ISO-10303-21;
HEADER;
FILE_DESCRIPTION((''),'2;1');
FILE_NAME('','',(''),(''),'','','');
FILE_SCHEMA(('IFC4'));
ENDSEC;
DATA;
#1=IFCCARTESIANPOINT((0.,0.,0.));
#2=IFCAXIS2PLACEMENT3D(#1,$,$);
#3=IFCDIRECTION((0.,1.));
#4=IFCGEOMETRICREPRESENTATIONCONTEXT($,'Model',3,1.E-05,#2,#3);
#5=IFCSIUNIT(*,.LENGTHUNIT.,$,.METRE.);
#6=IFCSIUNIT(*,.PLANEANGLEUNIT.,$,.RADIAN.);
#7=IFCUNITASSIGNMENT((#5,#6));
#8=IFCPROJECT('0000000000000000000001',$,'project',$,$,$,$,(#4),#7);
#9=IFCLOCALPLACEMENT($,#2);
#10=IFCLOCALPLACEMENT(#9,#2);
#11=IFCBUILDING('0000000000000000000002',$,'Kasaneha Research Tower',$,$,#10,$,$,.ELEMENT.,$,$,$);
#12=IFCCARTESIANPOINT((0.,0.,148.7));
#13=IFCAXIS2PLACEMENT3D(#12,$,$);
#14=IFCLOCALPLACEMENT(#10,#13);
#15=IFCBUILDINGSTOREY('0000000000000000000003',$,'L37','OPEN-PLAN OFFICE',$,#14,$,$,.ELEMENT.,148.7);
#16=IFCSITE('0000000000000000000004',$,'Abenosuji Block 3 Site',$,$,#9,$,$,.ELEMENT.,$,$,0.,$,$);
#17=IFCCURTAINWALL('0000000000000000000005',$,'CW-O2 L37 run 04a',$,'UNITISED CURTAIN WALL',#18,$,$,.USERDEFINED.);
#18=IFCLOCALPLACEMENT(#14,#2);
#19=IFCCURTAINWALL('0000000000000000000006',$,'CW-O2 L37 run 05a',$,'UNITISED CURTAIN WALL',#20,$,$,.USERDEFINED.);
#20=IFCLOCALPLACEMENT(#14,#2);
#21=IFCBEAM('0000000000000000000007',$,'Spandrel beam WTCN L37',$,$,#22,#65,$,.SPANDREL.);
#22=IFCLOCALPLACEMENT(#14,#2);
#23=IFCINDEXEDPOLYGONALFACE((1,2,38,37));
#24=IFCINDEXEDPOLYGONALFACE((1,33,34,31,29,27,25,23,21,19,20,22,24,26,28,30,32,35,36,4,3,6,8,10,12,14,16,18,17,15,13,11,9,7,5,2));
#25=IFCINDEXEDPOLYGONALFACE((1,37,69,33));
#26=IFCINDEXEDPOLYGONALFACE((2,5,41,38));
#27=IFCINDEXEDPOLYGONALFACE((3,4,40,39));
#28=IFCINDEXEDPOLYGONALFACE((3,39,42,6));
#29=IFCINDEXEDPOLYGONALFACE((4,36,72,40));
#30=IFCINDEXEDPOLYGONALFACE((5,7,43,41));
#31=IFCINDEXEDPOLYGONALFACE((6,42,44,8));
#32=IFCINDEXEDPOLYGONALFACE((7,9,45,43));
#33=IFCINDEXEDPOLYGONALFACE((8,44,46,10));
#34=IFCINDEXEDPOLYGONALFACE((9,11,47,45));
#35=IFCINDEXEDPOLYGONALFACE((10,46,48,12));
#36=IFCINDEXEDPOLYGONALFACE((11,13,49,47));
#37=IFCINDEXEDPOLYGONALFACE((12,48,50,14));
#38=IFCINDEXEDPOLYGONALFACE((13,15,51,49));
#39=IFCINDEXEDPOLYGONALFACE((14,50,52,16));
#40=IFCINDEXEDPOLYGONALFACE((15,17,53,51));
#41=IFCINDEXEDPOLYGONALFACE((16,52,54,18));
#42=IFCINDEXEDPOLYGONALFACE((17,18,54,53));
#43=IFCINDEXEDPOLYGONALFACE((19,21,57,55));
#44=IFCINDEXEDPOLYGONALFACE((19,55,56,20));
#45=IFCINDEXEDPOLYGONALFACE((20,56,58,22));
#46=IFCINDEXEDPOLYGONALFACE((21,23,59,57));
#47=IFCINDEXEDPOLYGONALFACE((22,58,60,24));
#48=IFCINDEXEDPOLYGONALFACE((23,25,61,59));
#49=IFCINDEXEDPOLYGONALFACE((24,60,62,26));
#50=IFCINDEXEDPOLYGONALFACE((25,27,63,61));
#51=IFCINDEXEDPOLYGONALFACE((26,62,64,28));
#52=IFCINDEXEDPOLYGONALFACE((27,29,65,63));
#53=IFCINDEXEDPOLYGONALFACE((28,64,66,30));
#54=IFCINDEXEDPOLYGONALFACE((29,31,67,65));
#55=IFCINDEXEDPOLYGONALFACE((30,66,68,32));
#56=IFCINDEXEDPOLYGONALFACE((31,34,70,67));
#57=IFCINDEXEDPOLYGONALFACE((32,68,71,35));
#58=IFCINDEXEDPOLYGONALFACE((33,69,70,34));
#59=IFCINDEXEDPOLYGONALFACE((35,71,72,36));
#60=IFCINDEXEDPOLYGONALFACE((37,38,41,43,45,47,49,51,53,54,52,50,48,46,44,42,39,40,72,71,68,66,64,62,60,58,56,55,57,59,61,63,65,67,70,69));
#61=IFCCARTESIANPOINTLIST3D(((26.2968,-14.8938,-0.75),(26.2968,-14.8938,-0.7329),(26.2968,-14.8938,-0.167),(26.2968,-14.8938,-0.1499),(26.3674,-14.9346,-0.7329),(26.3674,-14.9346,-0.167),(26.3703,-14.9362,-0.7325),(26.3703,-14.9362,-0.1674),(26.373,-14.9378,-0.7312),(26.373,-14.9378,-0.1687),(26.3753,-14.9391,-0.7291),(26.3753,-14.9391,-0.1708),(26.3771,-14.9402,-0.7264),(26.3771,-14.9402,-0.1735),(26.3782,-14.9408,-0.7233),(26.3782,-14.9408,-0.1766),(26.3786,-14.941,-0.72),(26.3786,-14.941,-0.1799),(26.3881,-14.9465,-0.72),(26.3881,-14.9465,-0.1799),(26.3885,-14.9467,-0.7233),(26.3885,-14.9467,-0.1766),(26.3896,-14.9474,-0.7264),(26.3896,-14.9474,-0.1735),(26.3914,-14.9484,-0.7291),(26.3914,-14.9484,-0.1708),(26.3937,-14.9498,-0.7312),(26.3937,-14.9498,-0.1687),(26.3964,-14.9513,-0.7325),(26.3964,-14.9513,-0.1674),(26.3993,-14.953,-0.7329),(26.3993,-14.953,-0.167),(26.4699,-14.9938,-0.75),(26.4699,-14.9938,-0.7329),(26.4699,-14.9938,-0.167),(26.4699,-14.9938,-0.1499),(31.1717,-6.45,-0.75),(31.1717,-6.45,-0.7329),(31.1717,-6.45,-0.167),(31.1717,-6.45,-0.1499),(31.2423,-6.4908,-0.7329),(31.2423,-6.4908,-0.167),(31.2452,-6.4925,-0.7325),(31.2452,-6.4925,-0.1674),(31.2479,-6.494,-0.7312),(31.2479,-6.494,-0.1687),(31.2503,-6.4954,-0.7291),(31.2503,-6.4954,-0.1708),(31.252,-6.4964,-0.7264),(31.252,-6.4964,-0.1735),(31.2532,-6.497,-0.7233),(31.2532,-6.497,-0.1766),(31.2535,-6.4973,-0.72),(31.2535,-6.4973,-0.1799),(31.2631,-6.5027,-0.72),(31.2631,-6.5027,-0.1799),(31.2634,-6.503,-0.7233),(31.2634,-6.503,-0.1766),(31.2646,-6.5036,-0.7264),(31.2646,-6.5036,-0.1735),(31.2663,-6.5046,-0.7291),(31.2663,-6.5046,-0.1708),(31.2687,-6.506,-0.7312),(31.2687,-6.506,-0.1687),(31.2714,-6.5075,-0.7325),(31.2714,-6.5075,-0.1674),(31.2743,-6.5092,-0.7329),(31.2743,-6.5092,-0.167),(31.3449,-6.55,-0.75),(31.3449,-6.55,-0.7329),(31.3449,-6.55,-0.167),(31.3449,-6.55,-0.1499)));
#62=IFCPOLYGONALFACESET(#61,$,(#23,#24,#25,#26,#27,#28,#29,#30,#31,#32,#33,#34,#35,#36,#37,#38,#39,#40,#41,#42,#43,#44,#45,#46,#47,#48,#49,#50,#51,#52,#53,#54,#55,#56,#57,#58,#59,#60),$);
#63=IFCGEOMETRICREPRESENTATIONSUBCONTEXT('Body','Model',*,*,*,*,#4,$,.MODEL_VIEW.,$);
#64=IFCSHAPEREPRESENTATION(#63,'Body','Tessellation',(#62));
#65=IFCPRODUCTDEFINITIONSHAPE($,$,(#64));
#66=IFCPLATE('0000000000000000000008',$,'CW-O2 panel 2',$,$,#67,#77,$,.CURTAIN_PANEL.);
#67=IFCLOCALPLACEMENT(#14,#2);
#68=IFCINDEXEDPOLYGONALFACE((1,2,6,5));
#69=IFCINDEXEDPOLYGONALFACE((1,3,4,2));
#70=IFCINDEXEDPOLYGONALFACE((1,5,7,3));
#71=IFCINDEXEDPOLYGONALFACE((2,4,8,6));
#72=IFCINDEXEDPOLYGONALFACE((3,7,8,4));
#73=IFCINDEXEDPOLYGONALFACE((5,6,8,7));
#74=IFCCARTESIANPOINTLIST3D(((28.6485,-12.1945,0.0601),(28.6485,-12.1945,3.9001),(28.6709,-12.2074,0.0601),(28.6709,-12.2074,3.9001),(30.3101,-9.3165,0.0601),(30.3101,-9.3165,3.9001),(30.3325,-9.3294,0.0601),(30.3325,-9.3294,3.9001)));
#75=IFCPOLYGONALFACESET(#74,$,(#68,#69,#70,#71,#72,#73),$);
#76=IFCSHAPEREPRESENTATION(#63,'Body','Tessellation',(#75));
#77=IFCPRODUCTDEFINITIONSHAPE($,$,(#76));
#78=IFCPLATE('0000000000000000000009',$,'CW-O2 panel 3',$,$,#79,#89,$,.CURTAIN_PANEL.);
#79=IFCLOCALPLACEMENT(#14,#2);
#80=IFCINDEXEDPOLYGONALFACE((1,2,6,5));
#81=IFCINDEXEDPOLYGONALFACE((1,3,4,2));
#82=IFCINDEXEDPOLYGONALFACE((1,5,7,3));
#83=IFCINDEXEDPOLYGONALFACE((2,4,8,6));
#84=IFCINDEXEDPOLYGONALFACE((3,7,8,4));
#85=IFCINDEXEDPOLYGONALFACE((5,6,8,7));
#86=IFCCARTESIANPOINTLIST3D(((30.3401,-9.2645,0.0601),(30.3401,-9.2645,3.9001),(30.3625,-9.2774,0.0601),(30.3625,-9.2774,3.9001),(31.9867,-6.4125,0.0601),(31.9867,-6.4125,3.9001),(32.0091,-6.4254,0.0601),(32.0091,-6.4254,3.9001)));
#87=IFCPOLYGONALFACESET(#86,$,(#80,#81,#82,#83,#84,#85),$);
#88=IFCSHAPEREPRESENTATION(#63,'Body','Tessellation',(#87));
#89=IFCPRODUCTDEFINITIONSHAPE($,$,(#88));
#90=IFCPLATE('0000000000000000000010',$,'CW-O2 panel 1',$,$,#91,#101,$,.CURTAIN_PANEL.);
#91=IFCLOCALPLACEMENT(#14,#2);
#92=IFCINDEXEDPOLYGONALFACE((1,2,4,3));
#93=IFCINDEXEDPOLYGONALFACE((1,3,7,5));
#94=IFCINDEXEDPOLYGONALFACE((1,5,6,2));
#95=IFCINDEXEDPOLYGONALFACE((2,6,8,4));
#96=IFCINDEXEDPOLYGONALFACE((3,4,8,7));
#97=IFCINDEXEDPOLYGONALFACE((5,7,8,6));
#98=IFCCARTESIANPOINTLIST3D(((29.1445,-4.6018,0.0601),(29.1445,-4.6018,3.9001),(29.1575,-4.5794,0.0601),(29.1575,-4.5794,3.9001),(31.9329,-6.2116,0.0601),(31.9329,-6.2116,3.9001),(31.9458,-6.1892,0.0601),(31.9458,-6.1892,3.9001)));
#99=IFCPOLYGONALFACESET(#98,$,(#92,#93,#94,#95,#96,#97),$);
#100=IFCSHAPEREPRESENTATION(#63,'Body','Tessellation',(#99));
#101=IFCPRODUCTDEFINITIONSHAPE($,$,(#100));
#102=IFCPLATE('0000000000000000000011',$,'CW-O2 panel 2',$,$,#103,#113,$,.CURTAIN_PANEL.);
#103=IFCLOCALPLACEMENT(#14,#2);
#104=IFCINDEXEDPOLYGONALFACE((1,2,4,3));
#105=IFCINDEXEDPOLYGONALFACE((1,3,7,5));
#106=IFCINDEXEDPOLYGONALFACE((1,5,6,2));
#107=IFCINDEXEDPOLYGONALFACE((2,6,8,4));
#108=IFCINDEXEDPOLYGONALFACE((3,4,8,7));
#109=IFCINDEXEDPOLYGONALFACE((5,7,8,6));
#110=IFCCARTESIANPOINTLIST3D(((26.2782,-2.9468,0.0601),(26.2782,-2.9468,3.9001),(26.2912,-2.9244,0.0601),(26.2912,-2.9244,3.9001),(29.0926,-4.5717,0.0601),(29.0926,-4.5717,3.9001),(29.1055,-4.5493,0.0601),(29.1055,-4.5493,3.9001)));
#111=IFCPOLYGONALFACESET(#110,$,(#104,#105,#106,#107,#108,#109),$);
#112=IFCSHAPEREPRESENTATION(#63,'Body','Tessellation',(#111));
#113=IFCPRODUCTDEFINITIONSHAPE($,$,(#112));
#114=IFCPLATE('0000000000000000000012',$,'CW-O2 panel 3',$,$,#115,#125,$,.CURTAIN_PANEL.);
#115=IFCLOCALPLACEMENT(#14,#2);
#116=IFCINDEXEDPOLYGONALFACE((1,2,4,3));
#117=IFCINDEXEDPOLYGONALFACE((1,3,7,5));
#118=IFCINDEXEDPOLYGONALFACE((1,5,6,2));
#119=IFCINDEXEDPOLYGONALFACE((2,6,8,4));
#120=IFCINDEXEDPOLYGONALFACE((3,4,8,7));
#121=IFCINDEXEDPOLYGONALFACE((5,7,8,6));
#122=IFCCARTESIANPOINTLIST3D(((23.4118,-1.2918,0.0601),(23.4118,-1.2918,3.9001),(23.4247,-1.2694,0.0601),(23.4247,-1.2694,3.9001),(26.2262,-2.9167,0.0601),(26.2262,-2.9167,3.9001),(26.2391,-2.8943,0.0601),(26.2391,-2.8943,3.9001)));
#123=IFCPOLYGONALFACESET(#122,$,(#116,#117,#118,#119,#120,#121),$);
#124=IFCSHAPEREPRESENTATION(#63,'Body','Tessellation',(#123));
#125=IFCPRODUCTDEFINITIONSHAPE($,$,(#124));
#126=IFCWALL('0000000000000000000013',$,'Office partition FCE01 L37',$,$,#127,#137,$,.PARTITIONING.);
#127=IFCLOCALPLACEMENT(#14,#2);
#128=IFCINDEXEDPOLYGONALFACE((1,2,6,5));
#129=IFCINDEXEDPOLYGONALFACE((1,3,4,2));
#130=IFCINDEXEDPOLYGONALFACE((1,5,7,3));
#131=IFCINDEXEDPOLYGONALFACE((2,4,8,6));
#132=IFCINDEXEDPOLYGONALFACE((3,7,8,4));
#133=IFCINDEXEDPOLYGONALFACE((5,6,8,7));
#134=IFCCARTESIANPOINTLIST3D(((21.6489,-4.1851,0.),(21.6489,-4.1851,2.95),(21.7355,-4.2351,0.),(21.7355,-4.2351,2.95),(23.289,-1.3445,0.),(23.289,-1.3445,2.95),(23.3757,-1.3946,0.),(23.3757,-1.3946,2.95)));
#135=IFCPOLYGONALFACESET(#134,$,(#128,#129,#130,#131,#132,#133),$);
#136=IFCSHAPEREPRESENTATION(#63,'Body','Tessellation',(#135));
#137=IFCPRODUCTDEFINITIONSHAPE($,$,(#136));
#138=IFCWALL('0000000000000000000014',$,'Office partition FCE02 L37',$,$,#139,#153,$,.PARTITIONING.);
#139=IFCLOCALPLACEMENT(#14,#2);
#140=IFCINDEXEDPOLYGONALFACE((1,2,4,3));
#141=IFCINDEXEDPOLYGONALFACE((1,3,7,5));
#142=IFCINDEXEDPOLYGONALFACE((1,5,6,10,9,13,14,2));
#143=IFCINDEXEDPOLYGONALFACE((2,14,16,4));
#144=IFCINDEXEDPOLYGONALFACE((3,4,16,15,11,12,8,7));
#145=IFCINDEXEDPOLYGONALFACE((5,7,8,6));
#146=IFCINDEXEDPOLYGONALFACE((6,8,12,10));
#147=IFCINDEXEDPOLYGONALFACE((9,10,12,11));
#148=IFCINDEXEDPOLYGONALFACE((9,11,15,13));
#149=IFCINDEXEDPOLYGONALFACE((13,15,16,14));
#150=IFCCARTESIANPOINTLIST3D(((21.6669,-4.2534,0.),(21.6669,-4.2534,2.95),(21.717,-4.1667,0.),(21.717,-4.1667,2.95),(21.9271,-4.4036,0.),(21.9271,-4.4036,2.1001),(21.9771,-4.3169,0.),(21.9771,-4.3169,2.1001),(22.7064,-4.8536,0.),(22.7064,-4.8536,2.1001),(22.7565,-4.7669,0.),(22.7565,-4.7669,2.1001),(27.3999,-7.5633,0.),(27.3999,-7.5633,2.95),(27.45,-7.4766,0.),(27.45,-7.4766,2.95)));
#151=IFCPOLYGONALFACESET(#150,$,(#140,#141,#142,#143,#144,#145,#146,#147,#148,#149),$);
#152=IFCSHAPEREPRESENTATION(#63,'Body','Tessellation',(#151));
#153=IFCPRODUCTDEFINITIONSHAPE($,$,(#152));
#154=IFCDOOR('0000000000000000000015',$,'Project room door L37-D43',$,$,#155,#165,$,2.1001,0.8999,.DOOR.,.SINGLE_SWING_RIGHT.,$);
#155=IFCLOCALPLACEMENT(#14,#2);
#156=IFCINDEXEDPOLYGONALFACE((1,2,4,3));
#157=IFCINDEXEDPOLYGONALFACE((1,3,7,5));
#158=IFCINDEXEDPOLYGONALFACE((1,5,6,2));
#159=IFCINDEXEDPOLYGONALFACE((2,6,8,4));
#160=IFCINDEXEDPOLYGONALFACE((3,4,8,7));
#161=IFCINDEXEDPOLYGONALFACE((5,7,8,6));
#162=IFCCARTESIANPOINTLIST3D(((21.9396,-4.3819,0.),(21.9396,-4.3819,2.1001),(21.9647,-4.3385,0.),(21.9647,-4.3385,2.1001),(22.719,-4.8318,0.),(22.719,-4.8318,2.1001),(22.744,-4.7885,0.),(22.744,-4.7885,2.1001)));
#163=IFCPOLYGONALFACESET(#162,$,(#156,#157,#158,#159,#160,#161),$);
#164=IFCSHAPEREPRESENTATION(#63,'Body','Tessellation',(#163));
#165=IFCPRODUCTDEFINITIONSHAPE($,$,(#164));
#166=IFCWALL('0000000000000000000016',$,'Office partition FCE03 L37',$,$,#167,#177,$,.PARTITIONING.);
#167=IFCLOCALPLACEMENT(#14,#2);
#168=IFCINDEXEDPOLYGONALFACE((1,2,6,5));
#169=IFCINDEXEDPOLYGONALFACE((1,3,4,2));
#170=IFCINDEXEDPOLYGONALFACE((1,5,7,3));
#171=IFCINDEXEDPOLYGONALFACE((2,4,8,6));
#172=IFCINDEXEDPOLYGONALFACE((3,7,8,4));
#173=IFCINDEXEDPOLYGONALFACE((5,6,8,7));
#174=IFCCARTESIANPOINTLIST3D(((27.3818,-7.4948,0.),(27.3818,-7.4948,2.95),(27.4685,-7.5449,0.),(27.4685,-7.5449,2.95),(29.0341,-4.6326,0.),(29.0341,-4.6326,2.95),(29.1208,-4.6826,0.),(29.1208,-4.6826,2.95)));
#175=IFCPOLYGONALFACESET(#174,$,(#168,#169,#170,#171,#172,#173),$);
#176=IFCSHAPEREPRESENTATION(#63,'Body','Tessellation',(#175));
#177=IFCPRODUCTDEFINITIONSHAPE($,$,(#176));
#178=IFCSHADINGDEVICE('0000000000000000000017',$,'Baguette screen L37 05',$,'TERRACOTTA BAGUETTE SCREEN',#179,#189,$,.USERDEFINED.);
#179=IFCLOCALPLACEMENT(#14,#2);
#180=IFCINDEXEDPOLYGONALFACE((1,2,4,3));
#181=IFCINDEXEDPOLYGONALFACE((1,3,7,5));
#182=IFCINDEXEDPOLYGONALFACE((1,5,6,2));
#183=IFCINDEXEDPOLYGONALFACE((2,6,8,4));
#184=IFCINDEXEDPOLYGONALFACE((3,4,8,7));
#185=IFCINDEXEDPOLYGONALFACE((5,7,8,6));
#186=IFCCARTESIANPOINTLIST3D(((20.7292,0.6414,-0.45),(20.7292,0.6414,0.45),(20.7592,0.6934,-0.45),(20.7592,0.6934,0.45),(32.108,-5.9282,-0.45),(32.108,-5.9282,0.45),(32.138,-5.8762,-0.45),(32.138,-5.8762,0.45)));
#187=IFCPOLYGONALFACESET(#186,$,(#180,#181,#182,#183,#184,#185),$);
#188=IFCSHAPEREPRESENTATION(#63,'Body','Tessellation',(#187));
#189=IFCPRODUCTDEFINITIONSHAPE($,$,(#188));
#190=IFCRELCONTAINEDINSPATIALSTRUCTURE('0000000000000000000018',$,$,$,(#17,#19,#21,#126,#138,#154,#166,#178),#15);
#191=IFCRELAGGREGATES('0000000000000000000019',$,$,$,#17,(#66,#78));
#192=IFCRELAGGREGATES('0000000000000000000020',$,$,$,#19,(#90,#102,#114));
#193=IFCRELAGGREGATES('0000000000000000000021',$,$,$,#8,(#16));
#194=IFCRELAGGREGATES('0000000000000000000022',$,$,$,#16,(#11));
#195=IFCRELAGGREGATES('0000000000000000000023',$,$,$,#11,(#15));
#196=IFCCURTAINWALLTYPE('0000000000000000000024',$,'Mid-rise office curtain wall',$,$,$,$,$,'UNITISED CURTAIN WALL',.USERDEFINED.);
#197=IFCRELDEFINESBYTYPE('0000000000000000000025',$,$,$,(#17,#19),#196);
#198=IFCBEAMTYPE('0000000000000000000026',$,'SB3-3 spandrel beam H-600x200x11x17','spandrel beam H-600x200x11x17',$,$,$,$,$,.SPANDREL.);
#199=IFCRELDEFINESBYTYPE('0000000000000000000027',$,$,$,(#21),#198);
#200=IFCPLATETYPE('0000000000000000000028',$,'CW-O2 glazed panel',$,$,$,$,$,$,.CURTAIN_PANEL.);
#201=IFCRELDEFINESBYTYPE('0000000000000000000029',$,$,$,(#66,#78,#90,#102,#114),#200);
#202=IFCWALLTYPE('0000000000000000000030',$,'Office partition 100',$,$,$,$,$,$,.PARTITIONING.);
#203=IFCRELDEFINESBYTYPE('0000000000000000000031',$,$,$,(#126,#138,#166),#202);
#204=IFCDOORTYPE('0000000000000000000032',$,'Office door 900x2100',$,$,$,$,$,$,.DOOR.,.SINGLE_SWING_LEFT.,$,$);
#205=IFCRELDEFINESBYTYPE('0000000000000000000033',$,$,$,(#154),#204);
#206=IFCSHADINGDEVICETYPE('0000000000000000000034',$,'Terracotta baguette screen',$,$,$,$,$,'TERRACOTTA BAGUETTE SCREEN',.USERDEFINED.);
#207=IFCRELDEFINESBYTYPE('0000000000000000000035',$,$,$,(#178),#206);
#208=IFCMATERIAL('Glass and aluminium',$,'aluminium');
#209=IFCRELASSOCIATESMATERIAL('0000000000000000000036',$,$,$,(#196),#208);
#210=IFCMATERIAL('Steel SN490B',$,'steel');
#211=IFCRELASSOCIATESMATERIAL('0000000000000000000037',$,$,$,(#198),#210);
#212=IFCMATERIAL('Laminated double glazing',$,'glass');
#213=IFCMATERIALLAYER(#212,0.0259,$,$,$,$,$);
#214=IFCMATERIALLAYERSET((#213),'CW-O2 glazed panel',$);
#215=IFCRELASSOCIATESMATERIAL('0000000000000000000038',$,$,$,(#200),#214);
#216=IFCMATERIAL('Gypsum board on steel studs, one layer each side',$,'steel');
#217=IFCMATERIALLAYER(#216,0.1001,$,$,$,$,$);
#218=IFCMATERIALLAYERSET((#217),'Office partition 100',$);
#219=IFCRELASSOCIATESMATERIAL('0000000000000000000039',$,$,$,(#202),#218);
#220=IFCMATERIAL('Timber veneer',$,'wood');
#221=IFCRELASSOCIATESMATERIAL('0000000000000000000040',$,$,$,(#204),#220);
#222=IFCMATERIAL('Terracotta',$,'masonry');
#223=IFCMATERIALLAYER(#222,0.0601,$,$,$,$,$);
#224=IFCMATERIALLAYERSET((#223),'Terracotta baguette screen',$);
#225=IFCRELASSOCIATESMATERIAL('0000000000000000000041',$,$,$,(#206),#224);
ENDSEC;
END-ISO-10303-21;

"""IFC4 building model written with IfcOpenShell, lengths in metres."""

from ifc_helpers import new_model, si_unit, direction, frame, frame_2d, origin, origin_2d, place, context, subcontext, project, spatial, rectangle, i_section, extrude, material, layer, layer_set, material_profile, profile_set, type_object, element, fill, aggregate, save


model = new_model("IFC4")

# Units and contexts
model_context = context("Model", 3, precision=1e-05, world=origin(), true_north=direction((0.0, 1.0)))
body_context = subcontext(model_context, "Body", "Model", "MODEL_VIEW")
ifc_project = project(units=[si_unit("LENGTHUNIT", "METRE"), si_unit("PLANEANGLEUNIT", "RADIAN")], contexts=[model_context])

# Site, building, storey
site_placement = place(None, origin())
site = spatial("IfcSite", under=ifc_project, at=site_placement, Name="Abenosuji Block 3 Site", CompositionType="ELEMENT", RefElevation=0.0)
building_placement = place(site_placement, origin())
building = spatial("IfcBuilding", under=site, at=building_placement, Name="Kasaneha Research Tower", CompositionType="ELEMENT")
storey_placement = place(building_placement, frame((0.0, 0.0, 148.7)))
storey = spatial("IfcBuildingStorey", under=building, at=storey_placement, Name="L37", Description="OPEN-PLAN OFFICE", CompositionType="ELEMENT", Elevation=148.7)

# Curtain walls
ifc_material_1 = material(Name="Glass and aluminium", Category="aluminium")
curtain_wall_type = type_object("IfcCurtainWallType", Name="Mid-rise office curtain wall", ElementType="UNITISED CURTAIN WALL", PredefinedType="USERDEFINED", material=ifc_material_1)
curtain_wall_1_placement = place(storey_placement, origin())
curtain_wall_1 = element("IfcCurtainWall", 1, at=curtain_wall_1_placement, inside=storey, type_object=curtain_wall_type, Name="CW-O2 L37 run 04a", ObjectType="UNITISED CURTAIN WALL", PredefinedType="USERDEFINED")
curtain_wall_2_placement = place(storey_placement, origin())
curtain_wall_2 = element("IfcCurtainWall", 2, at=curtain_wall_2_placement, inside=storey, type_object=curtain_wall_type, Name="CW-O2 L37 run 05a", ObjectType="UNITISED CURTAIN WALL", PredefinedType="USERDEFINED")

# Beam
ifc_material_2 = material(Name="Steel SN490B", Category="steel")
ifc_material_profile_1 = material_profile(ifc_material_2, i_section(OverallWidth=0.2, OverallDepth=0.6001, WebThickness=0.011, FlangeThickness=0.0171, FilletRadius=0.0129, at=origin_2d()), Name="H-600x200x11x17")
ifc_profile_set_1 = profile_set([ifc_material_profile_1], Name="Steel SN490B")
beam_type_1 = type_object("IfcBeamType", Name="SB3-3 spandrel beam H-600x200x11x17", Description="spandrel beam H-600x200x11x17", PredefinedType="SPANDREL", material=ifc_profile_set_1)
beam_1_placement = place(storey_placement, frame((31.2583, -6.5, -0.45), z_axis=(-0.499996, -0.866028, 0.0), x_axis=(0.866028, -0.499996, 0.0)))
element("IfcBeam", 3, at=beam_1_placement, inside=storey, type_object=beam_type_1, Name="Spandrel beam WTCN L37", PredefinedType="SPANDREL", context=body_context, shape_type="SweptSolid", body=[
    extrude(i_section(OverallWidth=0.2, OverallDepth=0.6001, WebThickness=0.011, FlangeThickness=0.0171, FilletRadius=0.0129, at=origin_2d()), origin(), (0.0, 0.0, 1.0), 9.75),
])

# Plates
ifc_material_3 = material(Name="Laminated double glazing", Category="glass")
ifc_layer_1 = layer(ifc_material_3, 0.0259)
ifc_layer_set_1 = layer_set([ifc_layer_1], Name="CW-O2 glazed panel")
plate_type = type_object("IfcPlateType", Name="CW-O2 glazed panel", PredefinedType="CURTAIN_PANEL", material=ifc_layer_set_1)
plate_1_placement = place(storey_placement, frame((29.4905, -10.762, 0.0601), z_axis=(0.0, 0.0, 1.0), x_axis=(0.5, 0.866025, 0.0)))
plate_1 = element("IfcPlate", 4, at=plate_1_placement, type_object=plate_type, Name="CW-O2 panel 2", PredefinedType="CURTAIN_PANEL", context=body_context, shape_type="SweptSolid", body=[
    extrude(rectangle(XDim=3.3232, YDim=0.0259, at=origin_2d()), origin(), (0.0, 0.0, 1.0), 3.8401),
])
plate_2_placement = place(storey_placement, frame((31.1746, -7.845, 0.0601), z_axis=(0.0, 0.0, 1.0), x_axis=(0.5, 0.866025, 0.0)))
plate_2 = element("IfcPlate", 5, at=plate_2_placement, type_object=plate_type, Name="CW-O2 panel 3", PredefinedType="CURTAIN_PANEL", context=body_context, shape_type="SweptSolid", body=[
    extrude(rectangle(XDim=3.2932, YDim=0.0259, at=origin_2d()), origin(), (0.0, 0.0, 1.0), 3.8401),
])
aggregate(curtain_wall_1, [plate_1, plate_2])
plate_3_placement = place(storey_placement, frame((30.5452, -5.3955, 0.0601), z_axis=(0.0, 0.0, 1.0), x_axis=(-0.866025, 0.5, 0.0)))
plate_3 = element("IfcPlate", 6, at=plate_3_placement, type_object=plate_type, Name="CW-O2 panel 1", PredefinedType="CURTAIN_PANEL", context=body_context, shape_type="SweptSolid", body=[
    extrude(rectangle(XDim=3.2197, YDim=0.0259, at=origin_2d()), origin(), (0.0, 0.0, 1.0), 3.8401),
])
plate_4_placement = place(storey_placement, frame((27.6919, -3.748, 0.0601), z_axis=(0.0, 0.0, 1.0), x_axis=(-0.866025, 0.5, 0.0)))
plate_4 = element("IfcPlate", 7, at=plate_4_placement, type_object=plate_type, Name="CW-O2 panel 2", PredefinedType="CURTAIN_PANEL", context=body_context, shape_type="SweptSolid", body=[
    extrude(rectangle(XDim=3.2498, YDim=0.0259, at=origin_2d()), origin(), (0.0, 0.0, 1.0), 3.8401),
])
plate_5_placement = place(storey_placement, frame((24.8254, -2.093, 0.0601), z_axis=(0.0, 0.0, 1.0), x_axis=(-0.866025, 0.5, 0.0)))
plate_5 = element("IfcPlate", 8, at=plate_5_placement, type_object=plate_type, Name="CW-O2 panel 3", PredefinedType="CURTAIN_PANEL", context=body_context, shape_type="SweptSolid", body=[
    extrude(rectangle(XDim=3.2498, YDim=0.0259, at=origin_2d()), origin(), (0.0, 0.0, 1.0), 3.8401),
])
aggregate(curtain_wall_2, [plate_3, plate_4, plate_5])

# Wall
ifc_material_4 = material(Name="Gypsum board on steel studs, one layer each side", Category="steel")
ifc_layer_2 = layer(ifc_material_4, 0.1001)
ifc_layer_set_2 = layer_set([ifc_layer_2], Name="Office partition 100")
wall_type = type_object("IfcWallType", Name="Office partition 100", PredefinedType="PARTITIONING", material=ifc_layer_set_2)
wall_1_placement = place(storey_placement, frame((21.6921, -4.2102, 0.0), z_axis=(0.0, 0.0, 1.0), x_axis=(0.50003, 0.866008, 0.0)))
element("IfcWall", 9, at=wall_1_placement, inside=storey, type_object=wall_type, Name="Office partition FCE01 L37", PredefinedType="PARTITIONING", context=body_context, shape_type="SweptSolid", body=[
    extrude(rectangle(XDim=3.28, YDim=0.1001, at=frame_2d((1.6401, 0.0))), origin(), (0.0, 0.0, 1.0), 2.95),
])

# Wall, opening, door
wall_2_placement = place(storey_placement, frame((27.425, -7.52, 0.0), z_axis=(0.0, 0.0, 1.0), x_axis=(-0.866031, 0.499991, 0.0)))
wall_2 = element("IfcWall", 10, at=wall_2_placement, inside=storey, type_object=wall_type, Name="Office partition FCE02 L37", PredefinedType="PARTITIONING", context=body_context, shape_type="SweptSolid", body=[
    extrude(rectangle(XDim=6.6199, YDim=0.1001, at=frame_2d((3.3101, 0.0))), origin(), (0.0, 0.0, 1.0), 2.95),
])
opening_placement = place(wall_2_placement, frame((5.4197, 0.0, 0.0)))
opening = element("IfcOpeningElement", 11, at=opening_placement, cuts=wall_2, PredefinedType="OPENING", context=body_context, shape_type="SweptSolid", body=[
    extrude(rectangle(XDim=0.8999, YDim=2.1001, at=frame_2d((0.45, 1.05))), frame((0.0, 0.0601, 0.0), z_axis=(0.0, -1.0, 0.0), x_axis=(1.0, 0.0, 0.0)), (0.0, 0.0, 1.0), 0.1201),
])
ifc_material_5 = material(Name="Timber veneer", Category="wood")
door_type = type_object("IfcDoorType", Name="Office door 900x2100", OperationType="SINGLE_SWING_LEFT", PredefinedType="DOOR", material=ifc_material_5)
door_placement = place(opening_placement, origin())
door = element("IfcDoor", 12, at=door_placement, inside=storey, type_object=door_type, Name="Project room door L37-D43", OperationType="SINGLE_SWING_RIGHT", OverallHeight=2.1001, OverallWidth=0.8999, PredefinedType="DOOR", context=body_context, shape_type="SweptSolid", body=[
    extrude(rectangle(XDim=0.8999, YDim=2.1001, at=frame_2d((0.45, 1.05))), frame((0.0, 0.0249, 0.0), z_axis=(0.0, -1.0, 0.0), x_axis=(1.0, 0.0, 0.0)), (0.0, 0.0, 1.0), 0.05),
])
fill(opening, door)

# Wall
wall_3_placement = place(storey_placement, frame((29.0774, -4.6577, 0.0), z_axis=(0.0, 0.0, 1.0), x_axis=(-0.499953, -0.866053, 0.0)))
element("IfcWall", 13, at=wall_3_placement, inside=storey, type_object=wall_type, Name="Office partition FCE03 L37", PredefinedType="PARTITIONING", context=body_context, shape_type="SweptSolid", body=[
    extrude(rectangle(XDim=3.3049, YDim=0.1001, at=frame_2d((1.6523, 0.0))), origin(), (0.0, 0.0, 1.0), 2.95),
])

# Shading device
ifc_material_6 = material(Name="Terracotta", Category="masonry")
ifc_layer_3 = layer(ifc_material_6, 0.0601)
ifc_layer_set_3 = layer_set([ifc_layer_3], Name="Terracotta baguette screen")
shading_device_type = type_object("IfcShadingDeviceType", Name="Terracotta baguette screen", ElementType="TERRACOTTA BAGUETTE SCREEN", PredefinedType="USERDEFINED", material=ifc_layer_set_3)
shading_device_placement = place(storey_placement, frame((26.4336, -2.6174, -0.45), z_axis=(0.0, 0.0, 1.0), x_axis=(-0.866025, 0.5, 0.0)))
element("IfcShadingDevice", 14, at=shading_device_placement, inside=storey, type_object=shading_device_type, Name="Baguette screen L37 05", ObjectType="TERRACOTTA BAGUETTE SCREEN", PredefinedType="USERDEFINED", context=body_context, shape_type="SweptSolid", body=[
    extrude(rectangle(XDim=13.1392, YDim=0.0601, at=origin_2d()), origin(), (0.0, 0.0, 1.0), 0.8999),
])

save(model, "model.ifc")
